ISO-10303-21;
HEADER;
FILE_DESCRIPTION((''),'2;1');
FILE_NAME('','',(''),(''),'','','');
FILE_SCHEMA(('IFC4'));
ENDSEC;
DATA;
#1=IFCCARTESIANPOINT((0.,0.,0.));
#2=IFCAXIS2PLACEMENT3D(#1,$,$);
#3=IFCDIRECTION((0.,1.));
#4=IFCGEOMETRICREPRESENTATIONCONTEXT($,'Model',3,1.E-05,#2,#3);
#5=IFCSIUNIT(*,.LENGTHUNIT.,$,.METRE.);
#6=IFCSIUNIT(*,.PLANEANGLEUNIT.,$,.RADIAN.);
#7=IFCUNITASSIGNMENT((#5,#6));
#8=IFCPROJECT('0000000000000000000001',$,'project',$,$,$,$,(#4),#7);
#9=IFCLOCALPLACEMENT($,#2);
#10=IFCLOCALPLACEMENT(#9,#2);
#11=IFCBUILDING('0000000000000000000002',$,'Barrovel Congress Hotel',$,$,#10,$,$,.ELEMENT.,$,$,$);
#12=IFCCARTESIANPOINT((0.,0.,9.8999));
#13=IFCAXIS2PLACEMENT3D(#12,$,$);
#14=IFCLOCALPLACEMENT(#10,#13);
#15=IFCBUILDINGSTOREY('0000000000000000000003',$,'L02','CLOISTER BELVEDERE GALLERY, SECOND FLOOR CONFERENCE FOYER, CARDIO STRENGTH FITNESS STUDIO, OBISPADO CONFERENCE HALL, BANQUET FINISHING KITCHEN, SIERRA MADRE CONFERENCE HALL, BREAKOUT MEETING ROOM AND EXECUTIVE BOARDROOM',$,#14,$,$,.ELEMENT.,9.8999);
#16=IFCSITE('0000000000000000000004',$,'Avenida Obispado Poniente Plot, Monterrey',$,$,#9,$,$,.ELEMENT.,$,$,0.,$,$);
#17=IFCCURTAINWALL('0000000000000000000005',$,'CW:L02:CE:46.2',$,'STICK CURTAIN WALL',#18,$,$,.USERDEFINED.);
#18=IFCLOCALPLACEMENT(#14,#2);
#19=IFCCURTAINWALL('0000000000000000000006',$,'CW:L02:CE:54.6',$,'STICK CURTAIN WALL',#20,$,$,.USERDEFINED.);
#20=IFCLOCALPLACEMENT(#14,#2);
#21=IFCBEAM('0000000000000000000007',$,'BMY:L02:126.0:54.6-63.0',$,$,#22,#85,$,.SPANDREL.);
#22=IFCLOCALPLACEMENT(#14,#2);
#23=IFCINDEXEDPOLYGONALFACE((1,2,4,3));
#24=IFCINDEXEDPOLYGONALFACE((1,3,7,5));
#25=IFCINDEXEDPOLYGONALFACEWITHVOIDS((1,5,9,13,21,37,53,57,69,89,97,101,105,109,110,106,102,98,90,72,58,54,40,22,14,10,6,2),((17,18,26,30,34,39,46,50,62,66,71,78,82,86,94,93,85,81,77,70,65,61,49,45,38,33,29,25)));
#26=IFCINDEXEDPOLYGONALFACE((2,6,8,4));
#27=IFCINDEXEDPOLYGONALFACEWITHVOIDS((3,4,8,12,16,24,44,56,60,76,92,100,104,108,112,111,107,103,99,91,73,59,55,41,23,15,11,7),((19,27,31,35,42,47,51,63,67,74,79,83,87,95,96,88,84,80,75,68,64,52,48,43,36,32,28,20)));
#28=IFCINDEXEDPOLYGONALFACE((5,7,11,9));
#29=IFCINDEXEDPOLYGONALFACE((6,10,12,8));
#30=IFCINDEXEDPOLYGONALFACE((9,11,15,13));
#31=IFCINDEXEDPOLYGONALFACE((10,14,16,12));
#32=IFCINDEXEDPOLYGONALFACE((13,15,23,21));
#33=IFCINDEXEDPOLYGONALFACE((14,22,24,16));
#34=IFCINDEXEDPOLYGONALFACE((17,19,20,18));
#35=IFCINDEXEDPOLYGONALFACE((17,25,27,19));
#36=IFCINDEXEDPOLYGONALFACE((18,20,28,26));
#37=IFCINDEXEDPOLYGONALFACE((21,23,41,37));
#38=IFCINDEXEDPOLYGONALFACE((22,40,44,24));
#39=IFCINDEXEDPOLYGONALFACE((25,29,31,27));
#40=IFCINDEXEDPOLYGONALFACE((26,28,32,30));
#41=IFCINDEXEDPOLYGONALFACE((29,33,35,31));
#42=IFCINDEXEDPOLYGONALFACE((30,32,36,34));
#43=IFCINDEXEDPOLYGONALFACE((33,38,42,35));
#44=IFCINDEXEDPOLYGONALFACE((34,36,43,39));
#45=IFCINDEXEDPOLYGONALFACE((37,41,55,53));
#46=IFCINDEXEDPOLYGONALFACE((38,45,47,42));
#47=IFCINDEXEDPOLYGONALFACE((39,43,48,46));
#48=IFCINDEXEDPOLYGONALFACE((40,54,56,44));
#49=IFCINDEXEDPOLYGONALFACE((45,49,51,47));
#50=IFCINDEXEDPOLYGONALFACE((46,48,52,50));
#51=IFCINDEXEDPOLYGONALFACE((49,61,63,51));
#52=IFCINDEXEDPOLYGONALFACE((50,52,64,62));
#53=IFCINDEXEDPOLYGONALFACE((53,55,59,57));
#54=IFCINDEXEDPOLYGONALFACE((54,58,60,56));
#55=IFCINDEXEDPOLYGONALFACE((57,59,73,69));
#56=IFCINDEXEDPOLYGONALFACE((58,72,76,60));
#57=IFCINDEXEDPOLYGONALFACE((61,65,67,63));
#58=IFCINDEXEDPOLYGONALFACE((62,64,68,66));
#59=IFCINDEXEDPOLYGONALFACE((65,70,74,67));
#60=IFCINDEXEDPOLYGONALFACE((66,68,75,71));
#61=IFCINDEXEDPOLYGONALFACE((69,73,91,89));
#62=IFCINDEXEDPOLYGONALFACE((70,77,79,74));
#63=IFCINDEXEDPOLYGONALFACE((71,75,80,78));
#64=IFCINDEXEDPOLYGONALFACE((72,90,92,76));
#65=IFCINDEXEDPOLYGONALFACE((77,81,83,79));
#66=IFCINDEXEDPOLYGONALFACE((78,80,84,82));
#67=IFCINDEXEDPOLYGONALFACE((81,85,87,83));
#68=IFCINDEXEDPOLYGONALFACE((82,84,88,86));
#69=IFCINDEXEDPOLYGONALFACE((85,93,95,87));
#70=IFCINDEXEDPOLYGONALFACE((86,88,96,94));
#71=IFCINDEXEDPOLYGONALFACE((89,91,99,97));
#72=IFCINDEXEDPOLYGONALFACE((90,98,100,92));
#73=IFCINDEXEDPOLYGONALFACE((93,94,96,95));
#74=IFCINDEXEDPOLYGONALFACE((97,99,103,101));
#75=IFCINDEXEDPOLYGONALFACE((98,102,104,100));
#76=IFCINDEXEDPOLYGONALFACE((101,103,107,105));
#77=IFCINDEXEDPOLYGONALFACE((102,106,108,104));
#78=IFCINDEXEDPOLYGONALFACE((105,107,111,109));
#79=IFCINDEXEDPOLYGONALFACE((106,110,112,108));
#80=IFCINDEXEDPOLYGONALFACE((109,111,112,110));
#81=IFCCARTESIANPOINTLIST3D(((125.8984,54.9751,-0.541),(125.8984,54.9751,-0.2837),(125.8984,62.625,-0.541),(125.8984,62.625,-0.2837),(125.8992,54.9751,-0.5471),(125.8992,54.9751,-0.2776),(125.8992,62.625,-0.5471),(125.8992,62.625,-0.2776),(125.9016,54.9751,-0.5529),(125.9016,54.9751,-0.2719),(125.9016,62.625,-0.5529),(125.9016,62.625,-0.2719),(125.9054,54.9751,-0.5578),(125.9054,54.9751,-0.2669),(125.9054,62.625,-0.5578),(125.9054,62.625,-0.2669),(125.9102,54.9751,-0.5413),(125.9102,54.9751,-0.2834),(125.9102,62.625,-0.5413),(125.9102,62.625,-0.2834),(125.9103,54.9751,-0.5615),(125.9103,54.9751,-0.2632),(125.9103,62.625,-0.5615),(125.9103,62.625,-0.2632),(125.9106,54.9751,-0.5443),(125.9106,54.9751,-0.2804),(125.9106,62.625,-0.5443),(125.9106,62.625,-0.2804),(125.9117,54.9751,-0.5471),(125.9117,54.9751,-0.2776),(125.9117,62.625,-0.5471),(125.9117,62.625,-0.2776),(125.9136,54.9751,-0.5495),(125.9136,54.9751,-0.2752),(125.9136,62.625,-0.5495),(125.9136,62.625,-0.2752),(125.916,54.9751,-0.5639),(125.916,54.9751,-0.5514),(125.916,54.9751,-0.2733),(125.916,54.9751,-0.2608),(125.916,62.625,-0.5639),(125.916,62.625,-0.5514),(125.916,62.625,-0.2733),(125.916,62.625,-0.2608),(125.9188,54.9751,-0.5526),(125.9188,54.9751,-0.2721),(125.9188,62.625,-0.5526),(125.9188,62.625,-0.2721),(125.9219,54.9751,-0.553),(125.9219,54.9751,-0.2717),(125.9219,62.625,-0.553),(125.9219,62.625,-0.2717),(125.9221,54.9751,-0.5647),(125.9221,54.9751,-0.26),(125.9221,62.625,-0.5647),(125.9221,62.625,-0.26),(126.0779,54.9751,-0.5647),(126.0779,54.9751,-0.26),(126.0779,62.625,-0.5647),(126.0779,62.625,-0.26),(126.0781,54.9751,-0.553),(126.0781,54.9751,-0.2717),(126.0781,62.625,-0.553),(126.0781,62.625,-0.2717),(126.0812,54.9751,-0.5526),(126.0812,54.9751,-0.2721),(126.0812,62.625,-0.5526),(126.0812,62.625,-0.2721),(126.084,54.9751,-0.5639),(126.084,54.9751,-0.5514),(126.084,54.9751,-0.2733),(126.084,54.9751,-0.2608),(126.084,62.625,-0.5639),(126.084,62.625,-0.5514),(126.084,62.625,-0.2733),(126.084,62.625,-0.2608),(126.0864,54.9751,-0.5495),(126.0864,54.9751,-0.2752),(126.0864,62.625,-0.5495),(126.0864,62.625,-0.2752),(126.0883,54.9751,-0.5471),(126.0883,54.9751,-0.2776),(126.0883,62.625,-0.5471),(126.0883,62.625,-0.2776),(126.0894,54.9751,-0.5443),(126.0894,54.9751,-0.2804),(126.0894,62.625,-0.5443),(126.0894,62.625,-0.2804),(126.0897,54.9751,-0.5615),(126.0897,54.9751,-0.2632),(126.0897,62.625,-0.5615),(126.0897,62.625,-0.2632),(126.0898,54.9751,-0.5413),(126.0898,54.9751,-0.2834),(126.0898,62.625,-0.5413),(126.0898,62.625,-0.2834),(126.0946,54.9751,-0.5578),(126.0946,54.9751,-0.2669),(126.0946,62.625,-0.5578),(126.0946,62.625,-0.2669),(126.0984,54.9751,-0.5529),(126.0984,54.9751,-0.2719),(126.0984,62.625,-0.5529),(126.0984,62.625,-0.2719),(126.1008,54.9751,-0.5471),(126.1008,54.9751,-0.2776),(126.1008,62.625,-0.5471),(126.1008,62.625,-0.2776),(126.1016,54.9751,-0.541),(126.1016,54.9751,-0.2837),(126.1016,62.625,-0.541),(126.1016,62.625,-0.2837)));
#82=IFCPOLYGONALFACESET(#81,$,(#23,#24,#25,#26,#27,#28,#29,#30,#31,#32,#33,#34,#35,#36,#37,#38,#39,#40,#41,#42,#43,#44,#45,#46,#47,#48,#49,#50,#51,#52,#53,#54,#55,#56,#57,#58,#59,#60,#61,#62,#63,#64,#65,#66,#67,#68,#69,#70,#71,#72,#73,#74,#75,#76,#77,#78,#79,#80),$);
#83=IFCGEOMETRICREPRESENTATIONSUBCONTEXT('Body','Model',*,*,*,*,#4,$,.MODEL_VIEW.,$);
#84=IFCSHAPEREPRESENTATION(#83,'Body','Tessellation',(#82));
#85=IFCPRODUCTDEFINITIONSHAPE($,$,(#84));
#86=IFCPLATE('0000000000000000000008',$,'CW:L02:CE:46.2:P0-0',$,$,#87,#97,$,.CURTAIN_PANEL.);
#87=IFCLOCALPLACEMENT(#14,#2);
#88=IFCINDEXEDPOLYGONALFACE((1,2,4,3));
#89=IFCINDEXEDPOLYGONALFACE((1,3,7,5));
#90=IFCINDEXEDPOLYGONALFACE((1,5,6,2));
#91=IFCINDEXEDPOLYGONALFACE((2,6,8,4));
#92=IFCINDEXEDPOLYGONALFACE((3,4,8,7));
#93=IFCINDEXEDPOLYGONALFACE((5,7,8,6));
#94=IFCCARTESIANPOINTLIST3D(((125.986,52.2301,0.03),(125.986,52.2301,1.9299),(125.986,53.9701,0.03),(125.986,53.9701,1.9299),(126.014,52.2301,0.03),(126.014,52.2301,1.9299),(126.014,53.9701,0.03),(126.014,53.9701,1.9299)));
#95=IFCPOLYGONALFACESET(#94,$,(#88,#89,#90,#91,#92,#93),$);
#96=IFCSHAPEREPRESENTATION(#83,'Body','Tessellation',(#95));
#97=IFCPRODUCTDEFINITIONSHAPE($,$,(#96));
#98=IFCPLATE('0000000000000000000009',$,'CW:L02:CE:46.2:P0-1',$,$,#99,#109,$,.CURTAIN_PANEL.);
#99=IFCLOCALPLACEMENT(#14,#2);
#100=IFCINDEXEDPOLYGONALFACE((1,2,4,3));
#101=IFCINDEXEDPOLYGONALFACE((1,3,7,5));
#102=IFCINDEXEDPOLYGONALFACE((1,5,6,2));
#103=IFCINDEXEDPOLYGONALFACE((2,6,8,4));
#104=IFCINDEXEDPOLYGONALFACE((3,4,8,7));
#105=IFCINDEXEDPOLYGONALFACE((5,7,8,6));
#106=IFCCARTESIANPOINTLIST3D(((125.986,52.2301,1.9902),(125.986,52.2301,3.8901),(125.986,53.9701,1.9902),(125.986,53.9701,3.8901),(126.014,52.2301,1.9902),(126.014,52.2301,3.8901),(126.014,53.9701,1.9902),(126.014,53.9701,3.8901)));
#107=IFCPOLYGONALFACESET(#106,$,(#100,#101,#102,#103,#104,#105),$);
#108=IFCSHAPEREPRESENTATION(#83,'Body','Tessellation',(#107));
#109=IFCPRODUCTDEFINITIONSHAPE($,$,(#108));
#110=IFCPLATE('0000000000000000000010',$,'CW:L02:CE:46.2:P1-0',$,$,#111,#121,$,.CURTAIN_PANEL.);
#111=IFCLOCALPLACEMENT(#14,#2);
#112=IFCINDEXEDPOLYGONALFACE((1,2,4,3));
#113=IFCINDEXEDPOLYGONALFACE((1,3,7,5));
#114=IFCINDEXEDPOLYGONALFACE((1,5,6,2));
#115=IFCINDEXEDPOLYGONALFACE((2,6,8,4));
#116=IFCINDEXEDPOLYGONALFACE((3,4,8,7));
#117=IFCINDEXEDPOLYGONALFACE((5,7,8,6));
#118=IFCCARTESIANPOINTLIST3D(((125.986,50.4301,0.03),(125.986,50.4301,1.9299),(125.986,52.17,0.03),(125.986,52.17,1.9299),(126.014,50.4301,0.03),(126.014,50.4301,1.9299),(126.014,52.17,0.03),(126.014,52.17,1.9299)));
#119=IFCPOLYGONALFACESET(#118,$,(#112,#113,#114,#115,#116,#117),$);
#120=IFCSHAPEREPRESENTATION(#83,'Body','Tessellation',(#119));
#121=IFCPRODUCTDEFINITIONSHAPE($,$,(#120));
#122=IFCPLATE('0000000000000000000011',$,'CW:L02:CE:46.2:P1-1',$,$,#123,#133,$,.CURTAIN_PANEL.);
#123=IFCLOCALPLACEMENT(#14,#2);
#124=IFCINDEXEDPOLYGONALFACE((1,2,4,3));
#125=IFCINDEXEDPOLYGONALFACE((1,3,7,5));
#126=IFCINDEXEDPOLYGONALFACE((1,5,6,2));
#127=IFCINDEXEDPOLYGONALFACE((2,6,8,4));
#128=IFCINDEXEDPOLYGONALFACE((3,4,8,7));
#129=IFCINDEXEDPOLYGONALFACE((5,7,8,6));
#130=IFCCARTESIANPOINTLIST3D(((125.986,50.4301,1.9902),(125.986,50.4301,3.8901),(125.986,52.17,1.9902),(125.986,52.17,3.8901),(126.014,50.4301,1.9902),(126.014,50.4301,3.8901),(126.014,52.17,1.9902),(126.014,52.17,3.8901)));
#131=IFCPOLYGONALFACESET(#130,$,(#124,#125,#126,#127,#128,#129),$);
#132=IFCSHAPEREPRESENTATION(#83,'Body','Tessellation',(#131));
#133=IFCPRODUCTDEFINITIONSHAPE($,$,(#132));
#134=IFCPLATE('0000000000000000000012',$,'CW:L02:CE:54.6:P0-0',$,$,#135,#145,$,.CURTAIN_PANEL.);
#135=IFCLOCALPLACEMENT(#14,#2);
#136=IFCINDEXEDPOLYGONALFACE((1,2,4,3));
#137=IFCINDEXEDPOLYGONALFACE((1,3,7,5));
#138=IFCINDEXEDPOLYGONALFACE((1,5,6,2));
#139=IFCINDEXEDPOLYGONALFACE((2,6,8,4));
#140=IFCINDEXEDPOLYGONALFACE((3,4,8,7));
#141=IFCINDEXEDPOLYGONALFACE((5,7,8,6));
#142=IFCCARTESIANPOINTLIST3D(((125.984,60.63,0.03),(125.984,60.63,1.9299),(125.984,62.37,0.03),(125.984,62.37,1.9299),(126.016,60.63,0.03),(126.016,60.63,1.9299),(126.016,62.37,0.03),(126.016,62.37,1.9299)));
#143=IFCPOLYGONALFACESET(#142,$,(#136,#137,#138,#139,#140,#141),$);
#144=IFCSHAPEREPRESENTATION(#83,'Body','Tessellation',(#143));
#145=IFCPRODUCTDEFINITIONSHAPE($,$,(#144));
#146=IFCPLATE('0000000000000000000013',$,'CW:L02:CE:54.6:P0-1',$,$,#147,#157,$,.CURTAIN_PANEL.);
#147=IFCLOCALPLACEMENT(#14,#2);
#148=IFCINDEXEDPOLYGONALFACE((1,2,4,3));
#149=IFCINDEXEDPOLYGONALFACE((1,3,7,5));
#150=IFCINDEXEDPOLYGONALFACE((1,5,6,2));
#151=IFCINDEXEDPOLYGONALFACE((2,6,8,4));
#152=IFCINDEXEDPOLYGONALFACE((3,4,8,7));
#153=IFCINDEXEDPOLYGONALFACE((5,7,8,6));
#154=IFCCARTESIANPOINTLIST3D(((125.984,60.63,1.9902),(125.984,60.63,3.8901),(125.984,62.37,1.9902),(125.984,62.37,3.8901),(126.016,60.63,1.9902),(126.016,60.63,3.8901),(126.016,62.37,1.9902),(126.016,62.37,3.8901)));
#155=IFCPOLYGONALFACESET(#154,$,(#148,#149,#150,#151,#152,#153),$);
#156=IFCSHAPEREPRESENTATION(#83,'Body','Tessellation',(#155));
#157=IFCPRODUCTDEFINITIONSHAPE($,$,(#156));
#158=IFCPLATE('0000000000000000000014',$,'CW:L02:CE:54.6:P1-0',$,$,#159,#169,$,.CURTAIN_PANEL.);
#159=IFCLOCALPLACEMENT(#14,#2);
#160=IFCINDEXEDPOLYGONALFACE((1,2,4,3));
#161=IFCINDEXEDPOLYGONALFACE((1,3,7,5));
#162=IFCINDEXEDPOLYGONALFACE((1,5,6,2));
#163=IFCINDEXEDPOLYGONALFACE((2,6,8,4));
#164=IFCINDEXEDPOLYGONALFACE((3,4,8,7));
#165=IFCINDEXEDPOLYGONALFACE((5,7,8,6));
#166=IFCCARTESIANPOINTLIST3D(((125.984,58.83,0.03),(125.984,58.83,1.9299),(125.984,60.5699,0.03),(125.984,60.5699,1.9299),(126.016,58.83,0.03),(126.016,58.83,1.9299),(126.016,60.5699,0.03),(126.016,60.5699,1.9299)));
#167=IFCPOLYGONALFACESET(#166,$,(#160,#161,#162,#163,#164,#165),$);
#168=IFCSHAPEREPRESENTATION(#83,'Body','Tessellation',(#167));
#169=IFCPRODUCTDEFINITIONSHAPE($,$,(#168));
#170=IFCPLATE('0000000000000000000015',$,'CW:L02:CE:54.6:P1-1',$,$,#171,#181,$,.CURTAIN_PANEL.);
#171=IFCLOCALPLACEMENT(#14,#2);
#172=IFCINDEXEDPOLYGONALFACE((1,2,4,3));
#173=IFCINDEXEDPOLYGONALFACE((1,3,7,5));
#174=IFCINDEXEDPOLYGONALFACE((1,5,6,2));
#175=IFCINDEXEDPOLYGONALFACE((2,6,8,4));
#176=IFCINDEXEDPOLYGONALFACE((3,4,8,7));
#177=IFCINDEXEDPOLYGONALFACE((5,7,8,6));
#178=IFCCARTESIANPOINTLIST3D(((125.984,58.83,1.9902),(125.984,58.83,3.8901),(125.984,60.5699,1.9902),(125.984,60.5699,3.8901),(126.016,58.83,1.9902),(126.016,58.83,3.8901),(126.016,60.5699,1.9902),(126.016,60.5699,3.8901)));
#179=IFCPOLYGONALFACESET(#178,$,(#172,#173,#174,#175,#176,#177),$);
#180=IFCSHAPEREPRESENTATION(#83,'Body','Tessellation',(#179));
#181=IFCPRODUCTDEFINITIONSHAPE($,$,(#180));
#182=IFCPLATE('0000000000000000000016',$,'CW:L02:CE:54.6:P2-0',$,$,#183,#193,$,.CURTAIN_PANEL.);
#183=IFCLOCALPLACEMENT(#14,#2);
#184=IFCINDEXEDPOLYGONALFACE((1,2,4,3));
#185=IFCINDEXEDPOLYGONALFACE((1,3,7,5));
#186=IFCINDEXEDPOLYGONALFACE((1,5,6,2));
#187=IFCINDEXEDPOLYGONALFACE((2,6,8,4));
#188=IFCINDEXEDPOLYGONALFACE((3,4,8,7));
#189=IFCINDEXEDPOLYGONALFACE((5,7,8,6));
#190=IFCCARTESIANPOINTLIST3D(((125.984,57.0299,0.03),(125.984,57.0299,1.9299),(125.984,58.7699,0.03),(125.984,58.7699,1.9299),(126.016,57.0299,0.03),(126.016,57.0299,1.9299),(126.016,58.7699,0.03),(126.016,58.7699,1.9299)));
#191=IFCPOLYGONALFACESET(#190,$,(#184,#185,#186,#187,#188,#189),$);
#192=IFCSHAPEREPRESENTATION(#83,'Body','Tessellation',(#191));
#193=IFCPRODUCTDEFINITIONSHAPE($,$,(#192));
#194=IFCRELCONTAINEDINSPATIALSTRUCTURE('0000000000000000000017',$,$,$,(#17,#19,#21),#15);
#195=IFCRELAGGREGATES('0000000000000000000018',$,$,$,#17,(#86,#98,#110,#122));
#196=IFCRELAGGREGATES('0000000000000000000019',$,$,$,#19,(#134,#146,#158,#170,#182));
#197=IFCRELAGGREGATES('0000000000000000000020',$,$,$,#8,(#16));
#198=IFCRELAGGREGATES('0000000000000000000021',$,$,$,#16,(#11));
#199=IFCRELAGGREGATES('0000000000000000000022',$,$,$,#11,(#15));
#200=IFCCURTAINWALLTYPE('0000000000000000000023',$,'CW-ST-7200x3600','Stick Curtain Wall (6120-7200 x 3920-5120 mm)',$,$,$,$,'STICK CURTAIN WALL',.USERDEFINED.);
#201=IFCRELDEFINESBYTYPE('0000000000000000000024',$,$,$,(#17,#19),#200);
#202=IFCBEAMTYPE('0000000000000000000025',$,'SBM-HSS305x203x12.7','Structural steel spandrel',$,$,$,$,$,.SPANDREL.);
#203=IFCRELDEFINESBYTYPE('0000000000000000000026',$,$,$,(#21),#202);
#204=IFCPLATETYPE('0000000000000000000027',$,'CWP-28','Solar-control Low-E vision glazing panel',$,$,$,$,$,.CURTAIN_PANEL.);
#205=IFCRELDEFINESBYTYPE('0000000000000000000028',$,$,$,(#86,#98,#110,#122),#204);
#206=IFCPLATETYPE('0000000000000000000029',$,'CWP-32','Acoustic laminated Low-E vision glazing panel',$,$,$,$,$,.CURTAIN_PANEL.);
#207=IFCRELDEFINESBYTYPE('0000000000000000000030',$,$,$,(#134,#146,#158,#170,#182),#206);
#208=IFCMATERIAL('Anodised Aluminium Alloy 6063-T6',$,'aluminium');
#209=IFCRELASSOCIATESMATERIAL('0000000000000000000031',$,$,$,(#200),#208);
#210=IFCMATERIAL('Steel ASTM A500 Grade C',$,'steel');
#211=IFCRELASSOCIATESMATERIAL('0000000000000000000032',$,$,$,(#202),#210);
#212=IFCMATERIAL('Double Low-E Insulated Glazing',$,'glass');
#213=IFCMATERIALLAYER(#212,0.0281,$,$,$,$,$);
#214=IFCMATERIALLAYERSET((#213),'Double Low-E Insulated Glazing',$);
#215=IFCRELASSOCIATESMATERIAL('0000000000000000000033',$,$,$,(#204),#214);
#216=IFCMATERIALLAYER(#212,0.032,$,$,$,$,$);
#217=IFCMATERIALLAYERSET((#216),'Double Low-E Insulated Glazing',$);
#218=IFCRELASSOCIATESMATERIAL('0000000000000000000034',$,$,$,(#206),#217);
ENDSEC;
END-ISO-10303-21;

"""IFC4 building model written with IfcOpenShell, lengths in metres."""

from ifc_helpers import new_model, si_unit, direction, frame, origin, origin_2d, place, context, subcontext, project, spatial, rectangle, hollow_rectangle, extrude, material, layer, layer_set, material_profile, profile_set, type_object, element, aggregate, save


model = new_model("IFC4")

# Units and contexts
model_context = context("Model", 3, precision=1e-05, world=origin(), true_north=direction((0.0, 1.0)))
body_context = subcontext(model_context, "Body", "Model", "MODEL_VIEW")
ifc_project = project(units=[si_unit("LENGTHUNIT", "METRE"), si_unit("PLANEANGLEUNIT", "RADIAN")], contexts=[model_context])

# Site, building, storey
site_placement = place(None, origin())
site = spatial("IfcSite", under=ifc_project, at=site_placement, Name="Avenida Obispado Poniente Plot, Monterrey", CompositionType="ELEMENT", RefElevation=0.0)
building_placement = place(site_placement, origin())
building = spatial("IfcBuilding", under=site, at=building_placement, Name="Barrovel Congress Hotel", CompositionType="ELEMENT")
storey_placement = place(building_placement, frame((0.0, 0.0, 9.8999)))
storey = spatial("IfcBuildingStorey", under=building, at=storey_placement, Name="L02", Description="CLOISTER BELVEDERE GALLERY, SECOND FLOOR CONFERENCE FOYER, CARDIO STRENGTH FITNESS STUDIO, OBISPADO CONFERENCE HALL, BANQUET FINISHING KITCHEN, SIERRA MADRE CONFERENCE HALL, BREAKOUT MEETING ROOM AND EXECUTIVE BOARDROOM", CompositionType="ELEMENT", Elevation=9.8999)

# Curtain walls
ifc_material_1 = material(Name="Anodised Aluminium Alloy 6063-T6", Category="aluminium")
curtain_wall_type = type_object("IfcCurtainWallType", Name="CW-ST-7200x3600", Description="Stick Curtain Wall (6120-7200 x 3920-5120 mm)", ElementType="STICK CURTAIN WALL", PredefinedType="USERDEFINED", material=ifc_material_1)
curtain_wall_1_placement = place(storey_placement, origin())
curtain_wall_1 = element("IfcCurtainWall", 1, at=curtain_wall_1_placement, inside=storey, type_object=curtain_wall_type, Name="CW:L02:CE:46.2", ObjectType="STICK CURTAIN WALL", PredefinedType="USERDEFINED")
curtain_wall_2_placement = place(storey_placement, origin())
curtain_wall_2 = element("IfcCurtainWall", 2, at=curtain_wall_2_placement, inside=storey, type_object=curtain_wall_type, Name="CW:L02:CE:54.6", ObjectType="STICK CURTAIN WALL", PredefinedType="USERDEFINED")

# Beam
ifc_material_2 = material(Name="Steel ASTM A500 Grade C", Category="steel")
ifc_material_profile_1 = material_profile(ifc_material_2, hollow_rectangle(XDim=0.2031, YDim=0.3047, WallThickness=0.0117, InnerFilletRadius=0.0117, OuterFilletRadius=0.0237, at=origin_2d()), Name="HSS305x203x12.7")
ifc_profile_set_1 = profile_set([ifc_material_profile_1], Name="Steel ASTM A500 Grade C")
beam_type = type_object("IfcBeamType", Name="SBM-HSS305x203x12.7", Description="Structural steel spandrel", PredefinedType="SPANDREL", material=ifc_profile_set_1)
beam_placement = place(storey_placement, frame((126.0, 54.9751, -0.4124), z_axis=(0.0, 1.0, 0.0), x_axis=(-1.0, 0.0, 0.0)))
element("IfcBeam", 3, at=beam_placement, inside=storey, type_object=beam_type, Name="BMY:L02:126.0:54.6-63.0", PredefinedType="SPANDREL", context=body_context, shape_type="SweptSolid", body=[
    extrude(hollow_rectangle(XDim=0.2031, YDim=0.3047, WallThickness=0.0117, InnerFilletRadius=0.0117, OuterFilletRadius=0.0237, at=origin_2d()), origin(), (0.0, 0.0, 1.0), 7.6499),
])

# Plates
ifc_material_3 = material(Name="Double Low-E Insulated Glazing", Category="glass")
ifc_layer_1 = layer(ifc_material_3, 0.0281)
ifc_layer_set_1 = layer_set([ifc_layer_1], Name="Double Low-E Insulated Glazing")
plate_type_1 = type_object("IfcPlateType", Name="CWP-28", Description="Solar-control Low-E vision glazing panel", PredefinedType="CURTAIN_PANEL", material=ifc_layer_set_1)
plate_1_placement = place(storey_placement, frame((126.0, 53.1001, 0.03), z_axis=(0.0, 0.0, 1.0), x_axis=(0.0, -1.0, 0.0)))
plate_1 = element("IfcPlate", 4, at=plate_1_placement, type_object=plate_type_1, Name="CW:L02:CE:46.2:P0-0", PredefinedType="CURTAIN_PANEL", context=body_context, shape_type="SweptSolid", body=[
    extrude(rectangle(XDim=1.74, YDim=0.0281, at=origin_2d()), origin(), (0.0, 0.0, 1.0), 1.8999),
])
plate_2_placement = place(storey_placement, frame((126.0, 53.1001, 1.9902), z_axis=(0.0, 0.0, 1.0), x_axis=(0.0, -1.0, 0.0)))
plate_2 = element("IfcPlate", 5, at=plate_2_placement, type_object=plate_type_1, Name="CW:L02:CE:46.2:P0-1", PredefinedType="CURTAIN_PANEL", context=body_context, shape_type="SweptSolid", body=[
    extrude(rectangle(XDim=1.74, YDim=0.0281, at=origin_2d()), origin(), (0.0, 0.0, 1.0), 1.8999),
])
plate_3_placement = place(storey_placement, frame((126.0, 51.3, 0.03), z_axis=(0.0, 0.0, 1.0), x_axis=(0.0, -1.0, 0.0)))
plate_3 = element("IfcPlate", 6, at=plate_3_placement, type_object=plate_type_1, Name="CW:L02:CE:46.2:P1-0", PredefinedType="CURTAIN_PANEL", context=body_context, shape_type="SweptSolid", body=[
    extrude(rectangle(XDim=1.74, YDim=0.0281, at=origin_2d()), origin(), (0.0, 0.0, 1.0), 1.8999),
])
plate_4_placement = place(storey_placement, frame((126.0, 51.3, 1.9902), z_axis=(0.0, 0.0, 1.0), x_axis=(0.0, -1.0, 0.0)))
plate_4 = element("IfcPlate", 7, at=plate_4_placement, type_object=plate_type_1, Name="CW:L02:CE:46.2:P1-1", PredefinedType="CURTAIN_PANEL", context=body_context, shape_type="SweptSolid", body=[
    extrude(rectangle(XDim=1.74, YDim=0.0281, at=origin_2d()), origin(), (0.0, 0.0, 1.0), 1.8999),
])
aggregate(curtain_wall_1, [plate_1, plate_2, plate_3, plate_4])
ifc_layer_2 = layer(ifc_material_3, 0.032)
ifc_layer_set_2 = layer_set([ifc_layer_2], Name="Double Low-E Insulated Glazing")
plate_type_2 = type_object("IfcPlateType", Name="CWP-32", Description="Acoustic laminated Low-E vision glazing panel", PredefinedType="CURTAIN_PANEL", material=ifc_layer_set_2)
plate_5_placement = place(storey_placement, frame((126.0, 61.5, 0.03), z_axis=(0.0, 0.0, 1.0), x_axis=(0.0, -1.0, 0.0)))
plate_5 = element("IfcPlate", 8, at=plate_5_placement, type_object=plate_type_2, Name="CW:L02:CE:54.6:P0-0", PredefinedType="CURTAIN_PANEL", context=body_context, shape_type="SweptSolid", body=[
    extrude(rectangle(XDim=1.74, YDim=0.032, at=origin_2d()), origin(), (0.0, 0.0, 1.0), 1.8999),
])
plate_6_placement = place(storey_placement, frame((126.0, 61.5, 1.9902), z_axis=(0.0, 0.0, 1.0), x_axis=(0.0, -1.0, 0.0)))
plate_6 = element("IfcPlate", 9, at=plate_6_placement, type_object=plate_type_2, Name="CW:L02:CE:54.6:P0-1", PredefinedType="CURTAIN_PANEL", context=body_context, shape_type="SweptSolid", body=[
    extrude(rectangle(XDim=1.74, YDim=0.032, at=origin_2d()), origin(), (0.0, 0.0, 1.0), 1.8999),
])
plate_7_placement = place(storey_placement, frame((126.0, 59.7, 0.03), z_axis=(0.0, 0.0, 1.0), x_axis=(0.0, -1.0, 0.0)))
plate_7 = element("IfcPlate", 10, at=plate_7_placement, type_object=plate_type_2, Name="CW:L02:CE:54.6:P1-0", PredefinedType="CURTAIN_PANEL", context=body_context, shape_type="SweptSolid", body=[
    extrude(rectangle(XDim=1.74, YDim=0.032, at=origin_2d()), origin(), (0.0, 0.0, 1.0), 1.8999),
])
plate_8_placement = place(storey_placement, frame((126.0, 59.7, 1.9902), z_axis=(0.0, 0.0, 1.0), x_axis=(0.0, -1.0, 0.0)))
plate_8 = element("IfcPlate", 11, at=plate_8_placement, type_object=plate_type_2, Name="CW:L02:CE:54.6:P1-1", PredefinedType="CURTAIN_PANEL", context=body_context, shape_type="SweptSolid", body=[
    extrude(rectangle(XDim=1.74, YDim=0.032, at=origin_2d()), origin(), (0.0, 0.0, 1.0), 1.8999),
])
plate_9_placement = place(storey_placement, frame((126.0, 57.8999, 0.03), z_axis=(0.0, 0.0, 1.0), x_axis=(0.0, -1.0, 0.0)))
plate_9 = element("IfcPlate", 12, at=plate_9_placement, type_object=plate_type_2, Name="CW:L02:CE:54.6:P2-0", PredefinedType="CURTAIN_PANEL", context=body_context, shape_type="SweptSolid", body=[
    extrude(rectangle(XDim=1.74, YDim=0.032, at=origin_2d()), origin(), (0.0, 0.0, 1.0), 1.8999),
])
aggregate(curtain_wall_2, [plate_5, plate_6, plate_7, plate_8, plate_9])

save(model, "model.ifc")
